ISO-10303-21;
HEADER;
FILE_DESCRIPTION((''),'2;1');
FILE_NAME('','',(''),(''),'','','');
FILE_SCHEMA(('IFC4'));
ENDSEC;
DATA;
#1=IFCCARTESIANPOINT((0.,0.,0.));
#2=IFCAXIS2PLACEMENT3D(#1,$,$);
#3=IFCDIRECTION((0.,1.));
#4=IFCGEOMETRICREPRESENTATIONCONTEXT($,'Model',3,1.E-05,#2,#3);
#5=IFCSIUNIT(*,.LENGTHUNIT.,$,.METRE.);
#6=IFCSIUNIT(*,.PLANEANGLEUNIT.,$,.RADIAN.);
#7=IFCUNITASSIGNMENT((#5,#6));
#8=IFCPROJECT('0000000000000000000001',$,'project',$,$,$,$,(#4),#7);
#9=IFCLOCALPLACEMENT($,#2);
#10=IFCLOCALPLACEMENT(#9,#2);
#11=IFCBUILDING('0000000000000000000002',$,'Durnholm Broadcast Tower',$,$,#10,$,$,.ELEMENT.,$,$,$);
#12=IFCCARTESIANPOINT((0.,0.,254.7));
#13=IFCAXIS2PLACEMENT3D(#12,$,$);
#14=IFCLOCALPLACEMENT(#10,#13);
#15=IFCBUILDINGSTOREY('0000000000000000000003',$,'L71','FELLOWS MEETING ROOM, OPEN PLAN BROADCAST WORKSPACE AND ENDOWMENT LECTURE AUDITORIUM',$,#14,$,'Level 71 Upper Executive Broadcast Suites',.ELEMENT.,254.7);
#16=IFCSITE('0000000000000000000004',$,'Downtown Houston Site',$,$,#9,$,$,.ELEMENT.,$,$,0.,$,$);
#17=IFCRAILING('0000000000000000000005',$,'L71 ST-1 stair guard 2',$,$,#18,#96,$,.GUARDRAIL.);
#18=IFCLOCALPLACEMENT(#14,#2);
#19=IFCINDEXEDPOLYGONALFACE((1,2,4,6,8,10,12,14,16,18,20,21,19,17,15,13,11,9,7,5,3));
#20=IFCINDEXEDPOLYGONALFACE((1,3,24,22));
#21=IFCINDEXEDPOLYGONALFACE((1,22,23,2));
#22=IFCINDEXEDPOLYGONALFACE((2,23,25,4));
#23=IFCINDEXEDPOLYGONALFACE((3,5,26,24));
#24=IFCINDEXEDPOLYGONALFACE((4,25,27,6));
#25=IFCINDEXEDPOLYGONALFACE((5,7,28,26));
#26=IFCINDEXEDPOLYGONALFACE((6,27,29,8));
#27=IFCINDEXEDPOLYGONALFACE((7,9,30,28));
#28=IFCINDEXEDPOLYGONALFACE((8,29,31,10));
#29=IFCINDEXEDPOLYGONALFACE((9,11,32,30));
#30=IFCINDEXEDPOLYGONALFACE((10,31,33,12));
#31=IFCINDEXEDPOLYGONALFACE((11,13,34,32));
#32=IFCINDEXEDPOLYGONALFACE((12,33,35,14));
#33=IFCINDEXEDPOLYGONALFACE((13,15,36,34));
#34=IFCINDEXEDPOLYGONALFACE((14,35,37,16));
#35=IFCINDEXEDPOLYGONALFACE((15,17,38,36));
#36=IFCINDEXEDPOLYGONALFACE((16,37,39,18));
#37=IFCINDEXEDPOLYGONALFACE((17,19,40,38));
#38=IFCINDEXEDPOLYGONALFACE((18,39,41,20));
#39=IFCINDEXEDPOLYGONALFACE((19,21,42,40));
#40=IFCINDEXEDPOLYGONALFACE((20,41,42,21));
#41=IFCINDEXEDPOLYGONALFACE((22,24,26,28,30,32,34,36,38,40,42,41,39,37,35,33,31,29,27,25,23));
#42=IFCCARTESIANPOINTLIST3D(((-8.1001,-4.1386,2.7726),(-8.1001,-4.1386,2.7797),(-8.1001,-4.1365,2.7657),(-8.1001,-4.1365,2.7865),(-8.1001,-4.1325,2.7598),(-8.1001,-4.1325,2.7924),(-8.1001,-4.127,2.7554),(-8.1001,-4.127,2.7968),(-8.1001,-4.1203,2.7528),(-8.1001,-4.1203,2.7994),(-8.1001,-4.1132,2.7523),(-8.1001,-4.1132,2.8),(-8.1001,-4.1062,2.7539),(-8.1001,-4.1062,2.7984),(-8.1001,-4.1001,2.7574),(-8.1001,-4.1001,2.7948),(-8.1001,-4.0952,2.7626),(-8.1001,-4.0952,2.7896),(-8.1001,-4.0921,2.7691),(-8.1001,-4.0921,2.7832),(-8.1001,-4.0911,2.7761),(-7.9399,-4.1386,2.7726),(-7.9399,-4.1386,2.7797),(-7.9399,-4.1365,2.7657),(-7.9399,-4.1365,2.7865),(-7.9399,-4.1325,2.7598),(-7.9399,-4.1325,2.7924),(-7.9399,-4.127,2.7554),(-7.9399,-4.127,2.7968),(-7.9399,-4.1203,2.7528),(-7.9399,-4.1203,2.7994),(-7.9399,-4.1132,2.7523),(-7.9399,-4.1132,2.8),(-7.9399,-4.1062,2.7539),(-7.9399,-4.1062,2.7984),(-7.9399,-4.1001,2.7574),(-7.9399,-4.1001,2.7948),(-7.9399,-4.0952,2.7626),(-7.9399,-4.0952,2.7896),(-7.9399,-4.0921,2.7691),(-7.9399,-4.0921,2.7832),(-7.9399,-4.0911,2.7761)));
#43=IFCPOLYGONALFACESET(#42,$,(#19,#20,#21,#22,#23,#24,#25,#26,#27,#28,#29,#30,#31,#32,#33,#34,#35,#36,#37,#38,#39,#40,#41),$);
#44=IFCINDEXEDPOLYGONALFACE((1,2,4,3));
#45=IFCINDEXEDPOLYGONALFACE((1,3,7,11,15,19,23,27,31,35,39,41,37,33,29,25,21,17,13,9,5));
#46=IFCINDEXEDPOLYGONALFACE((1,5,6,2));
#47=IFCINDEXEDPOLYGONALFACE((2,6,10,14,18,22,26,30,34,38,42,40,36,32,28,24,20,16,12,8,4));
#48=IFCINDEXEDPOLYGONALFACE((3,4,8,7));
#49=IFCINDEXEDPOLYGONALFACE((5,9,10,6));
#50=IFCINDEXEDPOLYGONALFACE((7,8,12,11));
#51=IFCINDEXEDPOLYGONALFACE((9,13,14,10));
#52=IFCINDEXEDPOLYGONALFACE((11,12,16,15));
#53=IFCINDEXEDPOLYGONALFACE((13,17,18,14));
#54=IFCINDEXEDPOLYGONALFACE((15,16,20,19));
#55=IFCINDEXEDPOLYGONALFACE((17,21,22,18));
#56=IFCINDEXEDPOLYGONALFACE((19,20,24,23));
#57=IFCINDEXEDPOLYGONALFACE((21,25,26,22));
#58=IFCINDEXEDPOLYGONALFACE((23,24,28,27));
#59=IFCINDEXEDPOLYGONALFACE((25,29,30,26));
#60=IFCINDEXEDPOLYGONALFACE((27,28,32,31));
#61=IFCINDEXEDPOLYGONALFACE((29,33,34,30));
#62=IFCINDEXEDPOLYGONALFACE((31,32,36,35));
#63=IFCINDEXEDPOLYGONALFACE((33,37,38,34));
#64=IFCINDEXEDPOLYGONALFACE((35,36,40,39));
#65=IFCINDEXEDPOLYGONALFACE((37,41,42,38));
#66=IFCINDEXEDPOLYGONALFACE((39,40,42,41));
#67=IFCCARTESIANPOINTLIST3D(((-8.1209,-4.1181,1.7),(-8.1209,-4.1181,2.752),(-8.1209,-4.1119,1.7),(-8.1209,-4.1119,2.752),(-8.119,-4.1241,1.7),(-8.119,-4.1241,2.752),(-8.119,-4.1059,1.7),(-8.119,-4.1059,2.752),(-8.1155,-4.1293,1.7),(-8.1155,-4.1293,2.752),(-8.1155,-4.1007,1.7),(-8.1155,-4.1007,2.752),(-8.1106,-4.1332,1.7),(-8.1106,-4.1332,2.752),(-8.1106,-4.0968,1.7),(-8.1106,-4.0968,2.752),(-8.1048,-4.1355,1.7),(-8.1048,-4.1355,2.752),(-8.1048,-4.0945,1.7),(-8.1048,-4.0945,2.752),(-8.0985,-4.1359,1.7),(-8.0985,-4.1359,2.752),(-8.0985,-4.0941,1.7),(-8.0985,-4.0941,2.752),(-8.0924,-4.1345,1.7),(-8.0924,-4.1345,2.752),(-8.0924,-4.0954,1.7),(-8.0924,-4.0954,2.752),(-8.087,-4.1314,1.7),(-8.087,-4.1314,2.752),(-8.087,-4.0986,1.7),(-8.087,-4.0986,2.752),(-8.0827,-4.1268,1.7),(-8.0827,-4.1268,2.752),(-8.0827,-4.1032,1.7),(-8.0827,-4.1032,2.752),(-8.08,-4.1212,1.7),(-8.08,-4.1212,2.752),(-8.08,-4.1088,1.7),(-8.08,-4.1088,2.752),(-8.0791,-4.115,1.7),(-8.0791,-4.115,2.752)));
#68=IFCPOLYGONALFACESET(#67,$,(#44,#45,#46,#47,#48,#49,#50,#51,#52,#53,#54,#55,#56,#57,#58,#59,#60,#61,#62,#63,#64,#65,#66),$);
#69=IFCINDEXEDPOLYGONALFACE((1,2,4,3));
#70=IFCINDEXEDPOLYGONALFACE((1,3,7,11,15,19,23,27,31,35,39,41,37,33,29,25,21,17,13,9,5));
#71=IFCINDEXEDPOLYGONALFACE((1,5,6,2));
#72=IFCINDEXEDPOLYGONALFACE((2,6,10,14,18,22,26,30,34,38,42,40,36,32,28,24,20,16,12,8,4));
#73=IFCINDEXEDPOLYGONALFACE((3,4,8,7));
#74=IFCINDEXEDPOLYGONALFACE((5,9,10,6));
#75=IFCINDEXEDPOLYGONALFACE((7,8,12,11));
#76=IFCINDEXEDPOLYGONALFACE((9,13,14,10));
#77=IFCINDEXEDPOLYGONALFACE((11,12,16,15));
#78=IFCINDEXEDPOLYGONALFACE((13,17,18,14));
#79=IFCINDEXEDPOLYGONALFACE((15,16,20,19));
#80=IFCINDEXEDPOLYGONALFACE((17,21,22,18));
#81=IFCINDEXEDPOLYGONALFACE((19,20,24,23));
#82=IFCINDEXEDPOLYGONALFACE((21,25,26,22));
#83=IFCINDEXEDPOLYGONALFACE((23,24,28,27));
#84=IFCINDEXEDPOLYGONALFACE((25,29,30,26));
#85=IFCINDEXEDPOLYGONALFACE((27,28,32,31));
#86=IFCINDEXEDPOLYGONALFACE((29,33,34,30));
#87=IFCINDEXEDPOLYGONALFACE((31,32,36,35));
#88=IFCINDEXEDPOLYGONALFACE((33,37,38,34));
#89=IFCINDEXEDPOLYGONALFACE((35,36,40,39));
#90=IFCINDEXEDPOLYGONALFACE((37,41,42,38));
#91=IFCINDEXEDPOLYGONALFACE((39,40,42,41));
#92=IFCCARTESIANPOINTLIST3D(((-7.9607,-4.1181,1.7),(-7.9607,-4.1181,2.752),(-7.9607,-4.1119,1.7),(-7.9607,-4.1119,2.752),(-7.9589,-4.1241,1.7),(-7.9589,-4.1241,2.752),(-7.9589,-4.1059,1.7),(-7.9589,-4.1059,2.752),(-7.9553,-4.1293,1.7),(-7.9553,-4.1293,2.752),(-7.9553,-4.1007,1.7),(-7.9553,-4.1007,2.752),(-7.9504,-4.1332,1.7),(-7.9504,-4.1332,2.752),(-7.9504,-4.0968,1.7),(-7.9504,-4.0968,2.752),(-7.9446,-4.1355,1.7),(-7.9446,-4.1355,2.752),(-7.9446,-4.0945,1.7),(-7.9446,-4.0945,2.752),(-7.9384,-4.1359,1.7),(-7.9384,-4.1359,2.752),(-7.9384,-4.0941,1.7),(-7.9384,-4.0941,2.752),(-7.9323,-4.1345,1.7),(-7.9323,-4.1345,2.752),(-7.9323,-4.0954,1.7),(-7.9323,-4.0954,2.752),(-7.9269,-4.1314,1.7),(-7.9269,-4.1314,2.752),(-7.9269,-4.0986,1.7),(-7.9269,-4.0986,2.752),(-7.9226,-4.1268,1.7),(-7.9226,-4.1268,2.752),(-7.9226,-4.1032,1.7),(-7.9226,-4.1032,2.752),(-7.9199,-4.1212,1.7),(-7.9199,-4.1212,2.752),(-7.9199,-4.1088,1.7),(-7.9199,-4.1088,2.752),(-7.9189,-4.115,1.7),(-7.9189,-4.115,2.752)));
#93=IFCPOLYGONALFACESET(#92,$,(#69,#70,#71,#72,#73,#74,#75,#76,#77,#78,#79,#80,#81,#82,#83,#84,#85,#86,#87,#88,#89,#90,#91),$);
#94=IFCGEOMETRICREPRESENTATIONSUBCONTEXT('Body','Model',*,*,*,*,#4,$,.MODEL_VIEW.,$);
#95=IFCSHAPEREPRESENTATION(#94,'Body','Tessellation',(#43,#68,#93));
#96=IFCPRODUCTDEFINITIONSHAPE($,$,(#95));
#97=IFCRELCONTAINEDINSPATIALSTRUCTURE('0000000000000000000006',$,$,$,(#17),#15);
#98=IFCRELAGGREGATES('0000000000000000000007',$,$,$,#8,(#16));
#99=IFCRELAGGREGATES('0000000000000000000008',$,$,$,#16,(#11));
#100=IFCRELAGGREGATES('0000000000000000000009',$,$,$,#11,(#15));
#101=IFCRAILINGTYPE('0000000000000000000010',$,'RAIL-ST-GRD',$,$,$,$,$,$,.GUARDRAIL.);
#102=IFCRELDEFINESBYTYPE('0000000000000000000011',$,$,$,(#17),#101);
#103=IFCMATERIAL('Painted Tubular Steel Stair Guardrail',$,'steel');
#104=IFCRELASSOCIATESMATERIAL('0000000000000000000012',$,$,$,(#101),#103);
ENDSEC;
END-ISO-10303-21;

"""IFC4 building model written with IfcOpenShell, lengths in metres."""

from ifc_helpers import new_model, si_unit, direction, frame, origin, origin_2d, place, context, subcontext, project, spatial, circle, extrude, material, type_object, element, save


model = new_model("IFC4")

# Units and contexts
model_context = context("Model", 3, precision=1e-05, world=origin(), true_north=direction((0.0, 1.0)))
body_context = subcontext(model_context, "Body", "Model", "MODEL_VIEW")
ifc_project = project(units=[si_unit("LENGTHUNIT", "METRE"), si_unit("PLANEANGLEUNIT", "RADIAN")], contexts=[model_context])

# Site, building, storey
site_placement = place(None, origin())
site = spatial("IfcSite", under=ifc_project, at=site_placement, Name="Downtown Houston Site", CompositionType="ELEMENT", RefElevation=0.0)
building_placement = place(site_placement, origin())
building = spatial("IfcBuilding", under=site, at=building_placement, Name="Durnholm Broadcast Tower", CompositionType="ELEMENT")
storey_placement = place(building_placement, frame((0.0, 0.0, 254.7)))
storey = spatial("IfcBuildingStorey", under=building, at=storey_placement, Name="L71", Description="FELLOWS MEETING ROOM, OPEN PLAN BROADCAST WORKSPACE AND ENDOWMENT LECTURE AUDITORIUM", LongName="Level 71 Upper Executive Broadcast Suites", CompositionType="ELEMENT", Elevation=254.7)

# Railing
ifc_material_1 = material(Name="Painted Tubular Steel Stair Guardrail", Category="steel")
railing_type_1 = type_object("IfcRailingType", Name="RAIL-ST-GRD", PredefinedType="GUARDRAIL", material=ifc_material_1)
railing_1_placement = place(storey_placement, frame((-8.1001, -4.115, 1.7)))
element("IfcRailing", 1, at=railing_1_placement, inside=storey, type_object=railing_type_1, Name="L71 ST-1 stair guard 2", PredefinedType="GUARDRAIL", context=body_context, shape_type="SweptSolid", body=[
    extrude(circle(Radius=0.0239, at=origin_2d()), frame((0.0, 0.0, 1.0762), z_axis=(1.0, 0.0, 0.0), x_axis=(0.0, 1.0, 0.0)), (0.0, 0.0, 1.0), 0.1602),
    extrude(circle(Radius=0.021, at=origin_2d()), origin(), (0.0, 0.0, 1.0), 1.052),
    extrude(circle(Radius=0.021, at=origin_2d()), frame((0.1602, 0.0, 0.0)), (0.0, 0.0, 1.0), 1.052),
])

save(model, "model.ifc")
